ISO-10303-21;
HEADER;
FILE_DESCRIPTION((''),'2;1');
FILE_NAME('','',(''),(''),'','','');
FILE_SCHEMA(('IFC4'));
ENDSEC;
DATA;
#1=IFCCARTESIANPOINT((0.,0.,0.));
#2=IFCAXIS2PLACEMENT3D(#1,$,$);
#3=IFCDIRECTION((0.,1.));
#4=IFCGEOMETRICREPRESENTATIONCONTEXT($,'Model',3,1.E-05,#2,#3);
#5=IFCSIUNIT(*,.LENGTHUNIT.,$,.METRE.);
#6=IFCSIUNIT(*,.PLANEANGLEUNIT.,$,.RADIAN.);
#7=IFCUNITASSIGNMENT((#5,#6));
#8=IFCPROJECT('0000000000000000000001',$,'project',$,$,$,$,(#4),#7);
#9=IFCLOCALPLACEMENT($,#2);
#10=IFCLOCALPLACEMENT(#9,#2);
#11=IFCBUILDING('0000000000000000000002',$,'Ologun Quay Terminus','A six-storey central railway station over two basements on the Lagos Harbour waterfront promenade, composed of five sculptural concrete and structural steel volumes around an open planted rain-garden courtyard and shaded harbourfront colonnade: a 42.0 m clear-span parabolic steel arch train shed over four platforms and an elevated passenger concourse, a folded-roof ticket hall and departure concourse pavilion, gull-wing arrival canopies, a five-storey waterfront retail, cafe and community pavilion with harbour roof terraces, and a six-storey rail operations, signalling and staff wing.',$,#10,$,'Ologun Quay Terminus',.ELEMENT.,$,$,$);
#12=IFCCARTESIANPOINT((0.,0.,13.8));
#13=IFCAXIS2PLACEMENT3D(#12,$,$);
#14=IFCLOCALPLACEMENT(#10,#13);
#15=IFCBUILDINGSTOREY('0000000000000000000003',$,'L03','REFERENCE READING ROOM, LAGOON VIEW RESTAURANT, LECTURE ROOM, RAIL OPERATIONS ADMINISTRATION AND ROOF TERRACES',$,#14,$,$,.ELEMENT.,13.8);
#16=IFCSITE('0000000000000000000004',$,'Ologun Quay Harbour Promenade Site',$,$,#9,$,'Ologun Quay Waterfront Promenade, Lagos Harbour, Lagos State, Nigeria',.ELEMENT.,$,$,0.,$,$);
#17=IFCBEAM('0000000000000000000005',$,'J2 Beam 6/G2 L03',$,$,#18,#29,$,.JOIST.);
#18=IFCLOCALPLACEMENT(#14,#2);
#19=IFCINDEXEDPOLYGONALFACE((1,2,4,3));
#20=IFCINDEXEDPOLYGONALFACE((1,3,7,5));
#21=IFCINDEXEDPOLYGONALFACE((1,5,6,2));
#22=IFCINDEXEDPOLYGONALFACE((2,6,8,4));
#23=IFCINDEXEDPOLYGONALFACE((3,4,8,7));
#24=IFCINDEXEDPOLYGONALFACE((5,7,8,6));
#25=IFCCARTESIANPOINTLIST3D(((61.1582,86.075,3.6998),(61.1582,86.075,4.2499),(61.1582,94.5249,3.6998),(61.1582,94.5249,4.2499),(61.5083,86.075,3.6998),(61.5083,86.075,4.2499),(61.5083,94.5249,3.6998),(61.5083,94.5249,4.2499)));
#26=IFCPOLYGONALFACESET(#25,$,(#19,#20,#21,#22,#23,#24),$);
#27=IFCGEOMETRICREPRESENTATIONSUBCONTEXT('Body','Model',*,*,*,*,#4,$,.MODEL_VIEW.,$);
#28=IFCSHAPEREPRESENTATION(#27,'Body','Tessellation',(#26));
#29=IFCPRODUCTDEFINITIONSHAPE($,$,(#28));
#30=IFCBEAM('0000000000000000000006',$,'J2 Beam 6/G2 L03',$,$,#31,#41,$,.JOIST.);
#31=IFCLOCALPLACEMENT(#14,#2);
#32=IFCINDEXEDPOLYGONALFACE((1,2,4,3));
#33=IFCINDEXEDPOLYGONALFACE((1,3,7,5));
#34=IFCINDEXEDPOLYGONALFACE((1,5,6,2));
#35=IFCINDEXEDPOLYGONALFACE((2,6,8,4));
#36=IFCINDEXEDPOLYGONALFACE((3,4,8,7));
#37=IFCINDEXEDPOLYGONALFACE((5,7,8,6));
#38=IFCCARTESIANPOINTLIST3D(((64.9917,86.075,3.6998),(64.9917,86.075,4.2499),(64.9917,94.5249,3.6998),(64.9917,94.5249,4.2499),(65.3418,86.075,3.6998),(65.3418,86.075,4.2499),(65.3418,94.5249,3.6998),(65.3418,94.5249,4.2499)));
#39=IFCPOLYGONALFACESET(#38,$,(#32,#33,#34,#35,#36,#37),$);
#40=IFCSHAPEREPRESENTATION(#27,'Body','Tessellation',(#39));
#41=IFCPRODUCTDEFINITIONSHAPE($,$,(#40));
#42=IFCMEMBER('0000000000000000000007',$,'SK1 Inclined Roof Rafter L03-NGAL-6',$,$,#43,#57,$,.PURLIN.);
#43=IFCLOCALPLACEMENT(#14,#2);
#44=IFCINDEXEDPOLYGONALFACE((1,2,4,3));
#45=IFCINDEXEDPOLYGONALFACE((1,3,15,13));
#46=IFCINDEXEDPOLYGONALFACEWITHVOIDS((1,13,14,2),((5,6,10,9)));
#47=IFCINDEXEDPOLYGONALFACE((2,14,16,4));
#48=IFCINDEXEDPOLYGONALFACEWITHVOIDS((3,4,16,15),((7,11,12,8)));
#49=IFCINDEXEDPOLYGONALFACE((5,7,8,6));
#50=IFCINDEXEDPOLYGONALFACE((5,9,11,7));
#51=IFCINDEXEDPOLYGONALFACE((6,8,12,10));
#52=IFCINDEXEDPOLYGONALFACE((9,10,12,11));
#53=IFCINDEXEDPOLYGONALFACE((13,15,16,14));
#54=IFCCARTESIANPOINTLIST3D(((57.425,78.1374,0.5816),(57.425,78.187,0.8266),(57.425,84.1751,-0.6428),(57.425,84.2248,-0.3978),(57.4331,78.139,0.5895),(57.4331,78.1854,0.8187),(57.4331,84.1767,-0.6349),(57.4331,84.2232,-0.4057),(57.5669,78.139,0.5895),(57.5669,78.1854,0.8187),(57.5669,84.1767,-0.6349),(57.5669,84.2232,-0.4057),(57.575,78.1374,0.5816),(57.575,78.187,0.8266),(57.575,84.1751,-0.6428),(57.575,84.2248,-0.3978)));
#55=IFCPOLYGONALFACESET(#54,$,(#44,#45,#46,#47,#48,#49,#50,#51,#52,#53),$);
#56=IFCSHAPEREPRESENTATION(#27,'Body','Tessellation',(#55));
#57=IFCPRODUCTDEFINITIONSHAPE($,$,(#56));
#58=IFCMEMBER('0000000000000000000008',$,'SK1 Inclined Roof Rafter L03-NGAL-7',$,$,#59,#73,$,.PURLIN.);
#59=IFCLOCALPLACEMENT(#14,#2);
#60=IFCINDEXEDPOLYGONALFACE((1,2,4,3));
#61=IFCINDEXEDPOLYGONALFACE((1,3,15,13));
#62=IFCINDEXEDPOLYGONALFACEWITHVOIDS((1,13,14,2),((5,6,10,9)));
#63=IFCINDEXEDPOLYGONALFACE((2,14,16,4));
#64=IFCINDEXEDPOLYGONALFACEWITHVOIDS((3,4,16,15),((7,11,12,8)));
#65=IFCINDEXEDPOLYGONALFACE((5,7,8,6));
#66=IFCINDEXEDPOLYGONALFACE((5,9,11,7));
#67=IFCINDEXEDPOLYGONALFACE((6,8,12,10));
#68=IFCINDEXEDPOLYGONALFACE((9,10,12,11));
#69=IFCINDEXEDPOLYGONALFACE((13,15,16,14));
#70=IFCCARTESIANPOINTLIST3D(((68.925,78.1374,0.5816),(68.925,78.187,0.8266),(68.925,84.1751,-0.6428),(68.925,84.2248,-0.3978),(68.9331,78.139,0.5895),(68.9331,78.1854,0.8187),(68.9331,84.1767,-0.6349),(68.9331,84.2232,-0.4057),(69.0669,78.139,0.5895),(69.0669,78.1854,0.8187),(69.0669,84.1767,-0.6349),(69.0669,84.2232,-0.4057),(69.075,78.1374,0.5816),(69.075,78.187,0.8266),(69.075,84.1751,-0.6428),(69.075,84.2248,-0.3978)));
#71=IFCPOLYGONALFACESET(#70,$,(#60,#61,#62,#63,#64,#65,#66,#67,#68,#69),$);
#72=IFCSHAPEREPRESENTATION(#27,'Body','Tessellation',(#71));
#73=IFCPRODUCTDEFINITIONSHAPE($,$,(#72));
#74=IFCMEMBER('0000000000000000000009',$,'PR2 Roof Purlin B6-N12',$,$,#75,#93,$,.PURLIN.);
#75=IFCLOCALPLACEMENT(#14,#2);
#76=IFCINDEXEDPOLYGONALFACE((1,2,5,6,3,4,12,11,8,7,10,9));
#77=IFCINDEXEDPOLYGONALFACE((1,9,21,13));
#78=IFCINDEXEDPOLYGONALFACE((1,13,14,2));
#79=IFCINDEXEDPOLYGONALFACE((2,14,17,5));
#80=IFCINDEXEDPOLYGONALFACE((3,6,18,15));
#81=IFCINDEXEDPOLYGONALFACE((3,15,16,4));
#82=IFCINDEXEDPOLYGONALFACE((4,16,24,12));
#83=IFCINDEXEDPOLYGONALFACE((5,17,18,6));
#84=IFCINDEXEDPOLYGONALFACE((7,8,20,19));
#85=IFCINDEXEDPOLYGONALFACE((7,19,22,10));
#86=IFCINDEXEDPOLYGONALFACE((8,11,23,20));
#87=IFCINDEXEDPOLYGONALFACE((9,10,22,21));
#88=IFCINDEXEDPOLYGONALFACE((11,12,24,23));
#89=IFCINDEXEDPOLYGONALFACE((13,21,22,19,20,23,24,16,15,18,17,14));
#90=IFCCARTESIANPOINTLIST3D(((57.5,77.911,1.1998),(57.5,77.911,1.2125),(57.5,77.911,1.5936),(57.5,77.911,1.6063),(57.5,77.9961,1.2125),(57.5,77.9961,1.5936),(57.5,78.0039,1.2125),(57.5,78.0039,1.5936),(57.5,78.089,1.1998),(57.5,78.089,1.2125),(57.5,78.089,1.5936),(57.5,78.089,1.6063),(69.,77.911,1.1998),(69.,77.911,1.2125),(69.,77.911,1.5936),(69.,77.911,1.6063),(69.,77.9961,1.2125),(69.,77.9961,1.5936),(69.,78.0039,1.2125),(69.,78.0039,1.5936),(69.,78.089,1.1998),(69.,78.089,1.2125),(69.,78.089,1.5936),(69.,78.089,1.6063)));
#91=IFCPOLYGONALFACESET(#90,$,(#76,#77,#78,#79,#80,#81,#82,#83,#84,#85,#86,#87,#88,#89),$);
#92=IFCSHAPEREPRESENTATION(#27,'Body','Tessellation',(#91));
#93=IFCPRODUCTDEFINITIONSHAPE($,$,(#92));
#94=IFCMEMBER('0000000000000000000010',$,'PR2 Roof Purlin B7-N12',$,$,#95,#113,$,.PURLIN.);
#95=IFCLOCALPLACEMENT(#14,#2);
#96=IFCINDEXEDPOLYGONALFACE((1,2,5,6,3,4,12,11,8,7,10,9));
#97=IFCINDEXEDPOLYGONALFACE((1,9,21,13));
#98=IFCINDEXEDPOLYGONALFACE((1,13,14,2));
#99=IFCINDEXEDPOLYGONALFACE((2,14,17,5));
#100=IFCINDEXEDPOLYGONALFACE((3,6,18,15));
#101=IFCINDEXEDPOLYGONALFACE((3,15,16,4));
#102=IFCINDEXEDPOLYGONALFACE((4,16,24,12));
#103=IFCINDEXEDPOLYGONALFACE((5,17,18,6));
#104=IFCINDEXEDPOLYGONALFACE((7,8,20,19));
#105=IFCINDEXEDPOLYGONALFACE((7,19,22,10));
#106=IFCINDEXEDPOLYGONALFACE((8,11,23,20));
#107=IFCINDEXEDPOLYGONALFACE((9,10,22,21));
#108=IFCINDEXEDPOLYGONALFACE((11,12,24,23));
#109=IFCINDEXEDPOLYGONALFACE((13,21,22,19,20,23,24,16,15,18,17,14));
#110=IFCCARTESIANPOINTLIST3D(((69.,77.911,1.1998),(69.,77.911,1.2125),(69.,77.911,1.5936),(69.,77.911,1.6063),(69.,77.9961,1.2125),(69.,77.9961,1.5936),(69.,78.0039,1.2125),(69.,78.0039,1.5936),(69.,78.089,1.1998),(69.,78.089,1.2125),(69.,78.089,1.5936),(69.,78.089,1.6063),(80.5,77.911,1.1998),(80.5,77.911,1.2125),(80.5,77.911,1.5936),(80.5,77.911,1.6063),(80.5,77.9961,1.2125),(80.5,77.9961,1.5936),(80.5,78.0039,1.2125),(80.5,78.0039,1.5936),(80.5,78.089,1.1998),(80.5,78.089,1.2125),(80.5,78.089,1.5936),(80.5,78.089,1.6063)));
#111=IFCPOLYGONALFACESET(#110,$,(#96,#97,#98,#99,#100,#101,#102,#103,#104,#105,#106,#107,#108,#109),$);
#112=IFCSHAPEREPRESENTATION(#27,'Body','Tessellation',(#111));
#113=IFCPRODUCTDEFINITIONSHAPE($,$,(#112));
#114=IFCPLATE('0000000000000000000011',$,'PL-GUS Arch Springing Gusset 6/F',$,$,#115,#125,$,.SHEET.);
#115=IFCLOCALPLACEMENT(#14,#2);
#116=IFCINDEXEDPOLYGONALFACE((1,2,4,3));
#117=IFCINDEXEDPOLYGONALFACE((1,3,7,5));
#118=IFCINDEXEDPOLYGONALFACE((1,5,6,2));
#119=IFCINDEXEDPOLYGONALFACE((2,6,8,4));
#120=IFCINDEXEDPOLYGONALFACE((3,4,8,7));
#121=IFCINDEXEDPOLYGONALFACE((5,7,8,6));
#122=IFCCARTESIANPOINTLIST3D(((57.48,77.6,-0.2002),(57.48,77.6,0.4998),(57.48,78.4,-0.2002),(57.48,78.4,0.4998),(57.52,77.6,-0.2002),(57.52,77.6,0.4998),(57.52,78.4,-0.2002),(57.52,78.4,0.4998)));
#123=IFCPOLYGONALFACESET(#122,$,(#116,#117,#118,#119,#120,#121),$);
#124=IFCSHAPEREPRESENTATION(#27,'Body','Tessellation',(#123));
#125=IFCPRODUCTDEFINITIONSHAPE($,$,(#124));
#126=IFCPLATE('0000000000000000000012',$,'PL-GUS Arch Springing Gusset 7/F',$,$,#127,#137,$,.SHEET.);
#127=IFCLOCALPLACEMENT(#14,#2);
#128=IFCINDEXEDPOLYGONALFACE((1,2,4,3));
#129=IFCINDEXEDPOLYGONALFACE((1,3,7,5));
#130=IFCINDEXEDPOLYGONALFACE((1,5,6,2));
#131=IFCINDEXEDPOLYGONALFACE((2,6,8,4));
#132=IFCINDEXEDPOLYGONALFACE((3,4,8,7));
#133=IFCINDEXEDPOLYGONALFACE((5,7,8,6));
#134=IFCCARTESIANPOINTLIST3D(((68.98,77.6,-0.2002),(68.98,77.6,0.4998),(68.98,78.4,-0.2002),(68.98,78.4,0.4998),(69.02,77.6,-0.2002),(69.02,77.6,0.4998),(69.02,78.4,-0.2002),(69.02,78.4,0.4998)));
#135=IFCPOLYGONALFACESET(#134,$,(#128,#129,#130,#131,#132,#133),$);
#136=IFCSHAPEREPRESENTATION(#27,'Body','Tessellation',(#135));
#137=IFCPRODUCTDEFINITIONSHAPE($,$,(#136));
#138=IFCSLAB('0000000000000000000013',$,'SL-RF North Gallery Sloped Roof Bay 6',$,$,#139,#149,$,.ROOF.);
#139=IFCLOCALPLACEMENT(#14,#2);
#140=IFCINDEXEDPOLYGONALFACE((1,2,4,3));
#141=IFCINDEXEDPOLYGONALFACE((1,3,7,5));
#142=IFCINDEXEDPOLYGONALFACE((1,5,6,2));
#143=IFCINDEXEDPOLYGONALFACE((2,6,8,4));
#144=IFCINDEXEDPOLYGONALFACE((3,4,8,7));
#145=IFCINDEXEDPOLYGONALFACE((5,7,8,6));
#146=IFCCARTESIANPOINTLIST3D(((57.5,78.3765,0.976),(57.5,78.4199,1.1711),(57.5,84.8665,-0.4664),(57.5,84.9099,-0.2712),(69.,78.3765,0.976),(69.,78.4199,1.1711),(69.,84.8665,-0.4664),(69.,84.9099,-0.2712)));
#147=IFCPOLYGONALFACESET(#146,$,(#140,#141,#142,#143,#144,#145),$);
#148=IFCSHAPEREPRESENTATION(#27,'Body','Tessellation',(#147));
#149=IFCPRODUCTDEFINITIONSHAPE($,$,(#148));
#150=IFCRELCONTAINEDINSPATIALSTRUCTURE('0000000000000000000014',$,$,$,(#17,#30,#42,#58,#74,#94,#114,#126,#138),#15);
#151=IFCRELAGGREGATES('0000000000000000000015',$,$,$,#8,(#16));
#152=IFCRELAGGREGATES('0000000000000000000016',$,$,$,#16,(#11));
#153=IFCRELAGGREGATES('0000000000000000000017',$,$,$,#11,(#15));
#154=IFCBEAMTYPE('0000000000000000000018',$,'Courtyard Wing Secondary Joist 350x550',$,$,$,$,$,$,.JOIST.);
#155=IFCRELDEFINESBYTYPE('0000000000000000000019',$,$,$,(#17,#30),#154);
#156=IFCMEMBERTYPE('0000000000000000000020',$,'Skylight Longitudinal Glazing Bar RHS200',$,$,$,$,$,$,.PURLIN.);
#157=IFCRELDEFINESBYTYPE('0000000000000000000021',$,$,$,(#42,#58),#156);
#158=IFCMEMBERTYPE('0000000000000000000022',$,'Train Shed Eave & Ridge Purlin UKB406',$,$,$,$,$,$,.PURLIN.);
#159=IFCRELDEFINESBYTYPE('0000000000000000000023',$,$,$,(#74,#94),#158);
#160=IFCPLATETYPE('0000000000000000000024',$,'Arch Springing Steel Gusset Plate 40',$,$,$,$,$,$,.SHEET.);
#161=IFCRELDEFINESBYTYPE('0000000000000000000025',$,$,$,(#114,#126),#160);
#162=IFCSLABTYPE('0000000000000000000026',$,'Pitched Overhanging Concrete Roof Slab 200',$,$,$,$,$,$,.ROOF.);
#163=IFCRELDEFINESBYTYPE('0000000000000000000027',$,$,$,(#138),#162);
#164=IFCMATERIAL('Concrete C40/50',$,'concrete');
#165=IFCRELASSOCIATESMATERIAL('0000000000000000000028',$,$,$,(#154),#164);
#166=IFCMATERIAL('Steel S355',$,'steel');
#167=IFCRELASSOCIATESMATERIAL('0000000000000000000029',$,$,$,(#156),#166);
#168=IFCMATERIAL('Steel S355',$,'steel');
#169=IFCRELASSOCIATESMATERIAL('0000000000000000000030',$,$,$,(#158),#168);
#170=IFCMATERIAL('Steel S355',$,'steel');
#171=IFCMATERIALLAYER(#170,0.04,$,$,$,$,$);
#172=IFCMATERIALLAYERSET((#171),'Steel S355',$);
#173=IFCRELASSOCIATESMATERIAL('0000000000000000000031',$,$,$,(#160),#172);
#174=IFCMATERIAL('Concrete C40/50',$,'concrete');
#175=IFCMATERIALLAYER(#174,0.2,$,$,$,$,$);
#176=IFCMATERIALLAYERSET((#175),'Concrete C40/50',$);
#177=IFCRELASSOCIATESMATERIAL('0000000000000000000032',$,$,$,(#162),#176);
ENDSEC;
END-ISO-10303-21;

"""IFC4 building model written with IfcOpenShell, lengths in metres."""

from ifc_helpers import new_model, si_unit, direction, frame, origin, origin_2d, place, context, subcontext, project, spatial, polyline, rectangle, hollow_rectangle, i_section, outline, extrude, material, layer, layer_set, material_profile, profile_set, type_object, element, save


model = new_model("IFC4")

# Units and contexts
model_context = context("Model", 3, precision=1e-05, world=origin(), true_north=direction((0.0, 1.0)))
body_context = subcontext(model_context, "Body", "Model", "MODEL_VIEW")
ifc_project = project(units=[si_unit("LENGTHUNIT", "METRE"), si_unit("PLANEANGLEUNIT", "RADIAN")], contexts=[model_context])

# Site, building, storey
site_placement = place(None, origin())
site = spatial("IfcSite", under=ifc_project, at=site_placement, Name="Ologun Quay Harbour Promenade Site", LongName="Ologun Quay Waterfront Promenade, Lagos Harbour, Lagos State, Nigeria", CompositionType="ELEMENT", RefElevation=0.0)
building_placement = place(site_placement, origin())
building = spatial("IfcBuilding", under=site, at=building_placement, Name="Ologun Quay Terminus", Description="A six-storey central railway station over two basements on the Lagos Harbour waterfront promenade, composed of five sculptural concrete and structural steel volumes around an open planted rain-garden courtyard and shaded harbourfront colonnade: a 42.0 m clear-span parabolic steel arch train shed over four platforms and an elevated passenger concourse, a folded-roof ticket hall and departure concourse pavilion, gull-wing arrival canopies, a five-storey waterfront retail, cafe and community pavilion with harbour roof terraces, and a six-storey rail operations, signalling and staff wing.", LongName="Ologun Quay Terminus", CompositionType="ELEMENT")
storey_placement = place(building_placement, frame((0.0, 0.0, 13.8)))
storey = spatial("IfcBuildingStorey", under=building, at=storey_placement, Name="L03", Description="REFERENCE READING ROOM, LAGOON VIEW RESTAURANT, LECTURE ROOM, RAIL OPERATIONS ADMINISTRATION AND ROOF TERRACES", CompositionType="ELEMENT", Elevation=13.8)

# Beams
ifc_material_1 = material(Name="Concrete C40/50", Category="concrete")
ifc_material_profile_1 = material_profile(ifc_material_1, rectangle(XDim=0.3501, YDim=0.55, at=origin_2d()), Name="RC 350x550")
ifc_profile_set_1 = profile_set([ifc_material_profile_1], Name="Concrete C40/50")
beam_type_1 = type_object("IfcBeamType", Name="Courtyard Wing Secondary Joist 350x550", PredefinedType="JOIST", material=ifc_profile_set_1)
for number, where, z_axis, x_axis, name in (
    (1, (61.3333, 86.075, 3.9749), (0.0, 1.0, 0.0), (-1.0, 0.0, 0.0), "J2 Beam 6/G2 L03"),
    (2, (65.1667, 86.075, 3.9749), (0.0, 1.0, 0.0), (-1.0, 0.0, 0.0), "J2 Beam 6/G2 L03"),
):
    element("IfcBeam", number, at=place(storey_placement, frame(where, z_axis=z_axis, x_axis=x_axis)), inside=storey, type_object=beam_type_1, Name=name, PredefinedType="JOIST", context=body_context, shape_type="SweptSolid", body=[
        extrude(rectangle(XDim=0.3501, YDim=0.55, at=origin_2d()), origin(), (0.0, 0.0, 1.0), 8.45),
    ])

# Members
ifc_material_2 = material(Name="Steel S355", Category="steel")
ifc_material_profile_2 = material_profile(ifc_material_2, hollow_rectangle(XDim=0.1499, YDim=0.25, WallThickness=0.0081, at=origin_2d()), Name="RHS 250x150x8")
ifc_profile_set_2 = profile_set([ifc_material_profile_2], Name="Steel S355")
member_type_1 = type_object("IfcMemberType", Name="Skylight Longitudinal Glazing Bar RHS200", PredefinedType="PURLIN", material=ifc_profile_set_2)
for number, where, z_axis, x_axis, name in (
    (3, (57.5, 84.2, -0.5203), (0.0, -0.980053, 0.198737), (1.0, 0.0, 0.0), "SK1 Inclined Roof Rafter L03-NGAL-6"),
    (4, (69.0, 84.2, -0.5203), (0.0, -0.980053, 0.198737), (1.0, 0.0, 0.0), "SK1 Inclined Roof Rafter L03-NGAL-7"),
):
    element("IfcMember", number, at=place(storey_placement, frame(where, z_axis=z_axis, x_axis=x_axis)), inside=storey, type_object=member_type_1, Name=name, PredefinedType="PURLIN", context=body_context, shape_type="SweptSolid", body=[
        extrude(hollow_rectangle(XDim=0.1499, YDim=0.25, WallThickness=0.0081, at=origin_2d()), origin(), (0.0, 0.0, 1.0), 6.1606),
    ])
ifc_material_3 = material(Name="Steel S355", Category="steel")
ifc_material_profile_3 = material_profile(ifc_material_3, i_section(OverallWidth=0.178, OverallDepth=0.4065, WebThickness=0.0078, FlangeThickness=0.0127, at=origin_2d()), Name="UKB 406x178x60")
ifc_profile_set_3 = profile_set([ifc_material_profile_3], Name="Steel S355")
member_type_2 = type_object("IfcMemberType", Name="Train Shed Eave & Ridge Purlin UKB406", PredefinedType="PURLIN", material=ifc_profile_set_3)
for number, where, z_axis, x_axis, name in (
    (5, (57.5, 78.0, 1.4031), (1.0, 0.0, 0.0), (0.0, 1.0, 0.0), "PR2 Roof Purlin B6-N12"),
    (6, (69.0, 78.0, 1.4031), (1.0, 0.0, 0.0), (0.0, 1.0, 0.0), "PR2 Roof Purlin B7-N12"),
):
    element("IfcMember", number, at=place(storey_placement, frame(where, z_axis=z_axis, x_axis=x_axis)), inside=storey, type_object=member_type_2, Name=name, PredefinedType="PURLIN", context=body_context, shape_type="SweptSolid", body=[
        extrude(i_section(OverallWidth=0.178, OverallDepth=0.4065, WebThickness=0.0078, FlangeThickness=0.0127, at=origin_2d()), origin(), (0.0, 0.0, 1.0), 11.5),
    ])

# Plates
ifc_material_4 = material(Name="Steel S355", Category="steel")
ifc_layer_1 = layer(ifc_material_4, 0.04)
ifc_layer_set_1 = layer_set([ifc_layer_1], Name="Steel S355")
plate_type = type_object("IfcPlateType", Name="Arch Springing Steel Gusset Plate 40", PredefinedType="SHEET", material=ifc_layer_set_1)
for number, where, z_axis, x_axis, name in (
    (7, (57.5, 78.0, -0.2002), (0.0, 0.0, 1.0), (0.0, 1.0, 0.0), "PL-GUS Arch Springing Gusset 6/F"),
    (8, (69.0, 78.0, -0.2002), (0.0, 0.0, 1.0), (0.0, 1.0, 0.0), "PL-GUS Arch Springing Gusset 7/F"),
):
    element("IfcPlate", number, at=place(storey_placement, frame(where, z_axis=z_axis, x_axis=x_axis)), inside=storey, type_object=plate_type, Name=name, PredefinedType="SHEET", context=body_context, shape_type="SweptSolid", body=[
        extrude(rectangle(XDim=0.8, YDim=0.04, at=origin_2d()), origin(), (0.0, 0.0, 1.0), 0.7),
    ])

# Slab
ifc_material_5 = material(Name="Concrete C40/50", Category="concrete")
ifc_layer_2 = layer(ifc_material_5, 0.2)
ifc_layer_set_2 = layer_set([ifc_layer_2], Name="Concrete C40/50")
slab_type = type_object("IfcSlabType", Name="Pitched Overhanging Concrete Roof Slab 200", PredefinedType="ROOF", material=ifc_layer_set_2)
slab_placement = place(storey_placement, frame((57.5, 84.9099, -0.2712), z_axis=(0.0, 0.216954, 0.976182), x_axis=(1.0, 0.0, 0.0)))
element("IfcSlab", 9, at=slab_placement, inside=storey, type_object=slab_type, Name="SL-RF North Gallery Sloped Roof Bay 6", PredefinedType="ROOF", context=body_context, shape_type="SweptSolid", body=[
    extrude(outline(polyline([(0.0, 0.0), (11.5, 0.0), (11.5, -6.6483), (0.0, -6.6483), (0.0, 0.0)])), origin(), (0.0, 0.0, -1.0), 0.2),
])

save(model, "model.ifc")
